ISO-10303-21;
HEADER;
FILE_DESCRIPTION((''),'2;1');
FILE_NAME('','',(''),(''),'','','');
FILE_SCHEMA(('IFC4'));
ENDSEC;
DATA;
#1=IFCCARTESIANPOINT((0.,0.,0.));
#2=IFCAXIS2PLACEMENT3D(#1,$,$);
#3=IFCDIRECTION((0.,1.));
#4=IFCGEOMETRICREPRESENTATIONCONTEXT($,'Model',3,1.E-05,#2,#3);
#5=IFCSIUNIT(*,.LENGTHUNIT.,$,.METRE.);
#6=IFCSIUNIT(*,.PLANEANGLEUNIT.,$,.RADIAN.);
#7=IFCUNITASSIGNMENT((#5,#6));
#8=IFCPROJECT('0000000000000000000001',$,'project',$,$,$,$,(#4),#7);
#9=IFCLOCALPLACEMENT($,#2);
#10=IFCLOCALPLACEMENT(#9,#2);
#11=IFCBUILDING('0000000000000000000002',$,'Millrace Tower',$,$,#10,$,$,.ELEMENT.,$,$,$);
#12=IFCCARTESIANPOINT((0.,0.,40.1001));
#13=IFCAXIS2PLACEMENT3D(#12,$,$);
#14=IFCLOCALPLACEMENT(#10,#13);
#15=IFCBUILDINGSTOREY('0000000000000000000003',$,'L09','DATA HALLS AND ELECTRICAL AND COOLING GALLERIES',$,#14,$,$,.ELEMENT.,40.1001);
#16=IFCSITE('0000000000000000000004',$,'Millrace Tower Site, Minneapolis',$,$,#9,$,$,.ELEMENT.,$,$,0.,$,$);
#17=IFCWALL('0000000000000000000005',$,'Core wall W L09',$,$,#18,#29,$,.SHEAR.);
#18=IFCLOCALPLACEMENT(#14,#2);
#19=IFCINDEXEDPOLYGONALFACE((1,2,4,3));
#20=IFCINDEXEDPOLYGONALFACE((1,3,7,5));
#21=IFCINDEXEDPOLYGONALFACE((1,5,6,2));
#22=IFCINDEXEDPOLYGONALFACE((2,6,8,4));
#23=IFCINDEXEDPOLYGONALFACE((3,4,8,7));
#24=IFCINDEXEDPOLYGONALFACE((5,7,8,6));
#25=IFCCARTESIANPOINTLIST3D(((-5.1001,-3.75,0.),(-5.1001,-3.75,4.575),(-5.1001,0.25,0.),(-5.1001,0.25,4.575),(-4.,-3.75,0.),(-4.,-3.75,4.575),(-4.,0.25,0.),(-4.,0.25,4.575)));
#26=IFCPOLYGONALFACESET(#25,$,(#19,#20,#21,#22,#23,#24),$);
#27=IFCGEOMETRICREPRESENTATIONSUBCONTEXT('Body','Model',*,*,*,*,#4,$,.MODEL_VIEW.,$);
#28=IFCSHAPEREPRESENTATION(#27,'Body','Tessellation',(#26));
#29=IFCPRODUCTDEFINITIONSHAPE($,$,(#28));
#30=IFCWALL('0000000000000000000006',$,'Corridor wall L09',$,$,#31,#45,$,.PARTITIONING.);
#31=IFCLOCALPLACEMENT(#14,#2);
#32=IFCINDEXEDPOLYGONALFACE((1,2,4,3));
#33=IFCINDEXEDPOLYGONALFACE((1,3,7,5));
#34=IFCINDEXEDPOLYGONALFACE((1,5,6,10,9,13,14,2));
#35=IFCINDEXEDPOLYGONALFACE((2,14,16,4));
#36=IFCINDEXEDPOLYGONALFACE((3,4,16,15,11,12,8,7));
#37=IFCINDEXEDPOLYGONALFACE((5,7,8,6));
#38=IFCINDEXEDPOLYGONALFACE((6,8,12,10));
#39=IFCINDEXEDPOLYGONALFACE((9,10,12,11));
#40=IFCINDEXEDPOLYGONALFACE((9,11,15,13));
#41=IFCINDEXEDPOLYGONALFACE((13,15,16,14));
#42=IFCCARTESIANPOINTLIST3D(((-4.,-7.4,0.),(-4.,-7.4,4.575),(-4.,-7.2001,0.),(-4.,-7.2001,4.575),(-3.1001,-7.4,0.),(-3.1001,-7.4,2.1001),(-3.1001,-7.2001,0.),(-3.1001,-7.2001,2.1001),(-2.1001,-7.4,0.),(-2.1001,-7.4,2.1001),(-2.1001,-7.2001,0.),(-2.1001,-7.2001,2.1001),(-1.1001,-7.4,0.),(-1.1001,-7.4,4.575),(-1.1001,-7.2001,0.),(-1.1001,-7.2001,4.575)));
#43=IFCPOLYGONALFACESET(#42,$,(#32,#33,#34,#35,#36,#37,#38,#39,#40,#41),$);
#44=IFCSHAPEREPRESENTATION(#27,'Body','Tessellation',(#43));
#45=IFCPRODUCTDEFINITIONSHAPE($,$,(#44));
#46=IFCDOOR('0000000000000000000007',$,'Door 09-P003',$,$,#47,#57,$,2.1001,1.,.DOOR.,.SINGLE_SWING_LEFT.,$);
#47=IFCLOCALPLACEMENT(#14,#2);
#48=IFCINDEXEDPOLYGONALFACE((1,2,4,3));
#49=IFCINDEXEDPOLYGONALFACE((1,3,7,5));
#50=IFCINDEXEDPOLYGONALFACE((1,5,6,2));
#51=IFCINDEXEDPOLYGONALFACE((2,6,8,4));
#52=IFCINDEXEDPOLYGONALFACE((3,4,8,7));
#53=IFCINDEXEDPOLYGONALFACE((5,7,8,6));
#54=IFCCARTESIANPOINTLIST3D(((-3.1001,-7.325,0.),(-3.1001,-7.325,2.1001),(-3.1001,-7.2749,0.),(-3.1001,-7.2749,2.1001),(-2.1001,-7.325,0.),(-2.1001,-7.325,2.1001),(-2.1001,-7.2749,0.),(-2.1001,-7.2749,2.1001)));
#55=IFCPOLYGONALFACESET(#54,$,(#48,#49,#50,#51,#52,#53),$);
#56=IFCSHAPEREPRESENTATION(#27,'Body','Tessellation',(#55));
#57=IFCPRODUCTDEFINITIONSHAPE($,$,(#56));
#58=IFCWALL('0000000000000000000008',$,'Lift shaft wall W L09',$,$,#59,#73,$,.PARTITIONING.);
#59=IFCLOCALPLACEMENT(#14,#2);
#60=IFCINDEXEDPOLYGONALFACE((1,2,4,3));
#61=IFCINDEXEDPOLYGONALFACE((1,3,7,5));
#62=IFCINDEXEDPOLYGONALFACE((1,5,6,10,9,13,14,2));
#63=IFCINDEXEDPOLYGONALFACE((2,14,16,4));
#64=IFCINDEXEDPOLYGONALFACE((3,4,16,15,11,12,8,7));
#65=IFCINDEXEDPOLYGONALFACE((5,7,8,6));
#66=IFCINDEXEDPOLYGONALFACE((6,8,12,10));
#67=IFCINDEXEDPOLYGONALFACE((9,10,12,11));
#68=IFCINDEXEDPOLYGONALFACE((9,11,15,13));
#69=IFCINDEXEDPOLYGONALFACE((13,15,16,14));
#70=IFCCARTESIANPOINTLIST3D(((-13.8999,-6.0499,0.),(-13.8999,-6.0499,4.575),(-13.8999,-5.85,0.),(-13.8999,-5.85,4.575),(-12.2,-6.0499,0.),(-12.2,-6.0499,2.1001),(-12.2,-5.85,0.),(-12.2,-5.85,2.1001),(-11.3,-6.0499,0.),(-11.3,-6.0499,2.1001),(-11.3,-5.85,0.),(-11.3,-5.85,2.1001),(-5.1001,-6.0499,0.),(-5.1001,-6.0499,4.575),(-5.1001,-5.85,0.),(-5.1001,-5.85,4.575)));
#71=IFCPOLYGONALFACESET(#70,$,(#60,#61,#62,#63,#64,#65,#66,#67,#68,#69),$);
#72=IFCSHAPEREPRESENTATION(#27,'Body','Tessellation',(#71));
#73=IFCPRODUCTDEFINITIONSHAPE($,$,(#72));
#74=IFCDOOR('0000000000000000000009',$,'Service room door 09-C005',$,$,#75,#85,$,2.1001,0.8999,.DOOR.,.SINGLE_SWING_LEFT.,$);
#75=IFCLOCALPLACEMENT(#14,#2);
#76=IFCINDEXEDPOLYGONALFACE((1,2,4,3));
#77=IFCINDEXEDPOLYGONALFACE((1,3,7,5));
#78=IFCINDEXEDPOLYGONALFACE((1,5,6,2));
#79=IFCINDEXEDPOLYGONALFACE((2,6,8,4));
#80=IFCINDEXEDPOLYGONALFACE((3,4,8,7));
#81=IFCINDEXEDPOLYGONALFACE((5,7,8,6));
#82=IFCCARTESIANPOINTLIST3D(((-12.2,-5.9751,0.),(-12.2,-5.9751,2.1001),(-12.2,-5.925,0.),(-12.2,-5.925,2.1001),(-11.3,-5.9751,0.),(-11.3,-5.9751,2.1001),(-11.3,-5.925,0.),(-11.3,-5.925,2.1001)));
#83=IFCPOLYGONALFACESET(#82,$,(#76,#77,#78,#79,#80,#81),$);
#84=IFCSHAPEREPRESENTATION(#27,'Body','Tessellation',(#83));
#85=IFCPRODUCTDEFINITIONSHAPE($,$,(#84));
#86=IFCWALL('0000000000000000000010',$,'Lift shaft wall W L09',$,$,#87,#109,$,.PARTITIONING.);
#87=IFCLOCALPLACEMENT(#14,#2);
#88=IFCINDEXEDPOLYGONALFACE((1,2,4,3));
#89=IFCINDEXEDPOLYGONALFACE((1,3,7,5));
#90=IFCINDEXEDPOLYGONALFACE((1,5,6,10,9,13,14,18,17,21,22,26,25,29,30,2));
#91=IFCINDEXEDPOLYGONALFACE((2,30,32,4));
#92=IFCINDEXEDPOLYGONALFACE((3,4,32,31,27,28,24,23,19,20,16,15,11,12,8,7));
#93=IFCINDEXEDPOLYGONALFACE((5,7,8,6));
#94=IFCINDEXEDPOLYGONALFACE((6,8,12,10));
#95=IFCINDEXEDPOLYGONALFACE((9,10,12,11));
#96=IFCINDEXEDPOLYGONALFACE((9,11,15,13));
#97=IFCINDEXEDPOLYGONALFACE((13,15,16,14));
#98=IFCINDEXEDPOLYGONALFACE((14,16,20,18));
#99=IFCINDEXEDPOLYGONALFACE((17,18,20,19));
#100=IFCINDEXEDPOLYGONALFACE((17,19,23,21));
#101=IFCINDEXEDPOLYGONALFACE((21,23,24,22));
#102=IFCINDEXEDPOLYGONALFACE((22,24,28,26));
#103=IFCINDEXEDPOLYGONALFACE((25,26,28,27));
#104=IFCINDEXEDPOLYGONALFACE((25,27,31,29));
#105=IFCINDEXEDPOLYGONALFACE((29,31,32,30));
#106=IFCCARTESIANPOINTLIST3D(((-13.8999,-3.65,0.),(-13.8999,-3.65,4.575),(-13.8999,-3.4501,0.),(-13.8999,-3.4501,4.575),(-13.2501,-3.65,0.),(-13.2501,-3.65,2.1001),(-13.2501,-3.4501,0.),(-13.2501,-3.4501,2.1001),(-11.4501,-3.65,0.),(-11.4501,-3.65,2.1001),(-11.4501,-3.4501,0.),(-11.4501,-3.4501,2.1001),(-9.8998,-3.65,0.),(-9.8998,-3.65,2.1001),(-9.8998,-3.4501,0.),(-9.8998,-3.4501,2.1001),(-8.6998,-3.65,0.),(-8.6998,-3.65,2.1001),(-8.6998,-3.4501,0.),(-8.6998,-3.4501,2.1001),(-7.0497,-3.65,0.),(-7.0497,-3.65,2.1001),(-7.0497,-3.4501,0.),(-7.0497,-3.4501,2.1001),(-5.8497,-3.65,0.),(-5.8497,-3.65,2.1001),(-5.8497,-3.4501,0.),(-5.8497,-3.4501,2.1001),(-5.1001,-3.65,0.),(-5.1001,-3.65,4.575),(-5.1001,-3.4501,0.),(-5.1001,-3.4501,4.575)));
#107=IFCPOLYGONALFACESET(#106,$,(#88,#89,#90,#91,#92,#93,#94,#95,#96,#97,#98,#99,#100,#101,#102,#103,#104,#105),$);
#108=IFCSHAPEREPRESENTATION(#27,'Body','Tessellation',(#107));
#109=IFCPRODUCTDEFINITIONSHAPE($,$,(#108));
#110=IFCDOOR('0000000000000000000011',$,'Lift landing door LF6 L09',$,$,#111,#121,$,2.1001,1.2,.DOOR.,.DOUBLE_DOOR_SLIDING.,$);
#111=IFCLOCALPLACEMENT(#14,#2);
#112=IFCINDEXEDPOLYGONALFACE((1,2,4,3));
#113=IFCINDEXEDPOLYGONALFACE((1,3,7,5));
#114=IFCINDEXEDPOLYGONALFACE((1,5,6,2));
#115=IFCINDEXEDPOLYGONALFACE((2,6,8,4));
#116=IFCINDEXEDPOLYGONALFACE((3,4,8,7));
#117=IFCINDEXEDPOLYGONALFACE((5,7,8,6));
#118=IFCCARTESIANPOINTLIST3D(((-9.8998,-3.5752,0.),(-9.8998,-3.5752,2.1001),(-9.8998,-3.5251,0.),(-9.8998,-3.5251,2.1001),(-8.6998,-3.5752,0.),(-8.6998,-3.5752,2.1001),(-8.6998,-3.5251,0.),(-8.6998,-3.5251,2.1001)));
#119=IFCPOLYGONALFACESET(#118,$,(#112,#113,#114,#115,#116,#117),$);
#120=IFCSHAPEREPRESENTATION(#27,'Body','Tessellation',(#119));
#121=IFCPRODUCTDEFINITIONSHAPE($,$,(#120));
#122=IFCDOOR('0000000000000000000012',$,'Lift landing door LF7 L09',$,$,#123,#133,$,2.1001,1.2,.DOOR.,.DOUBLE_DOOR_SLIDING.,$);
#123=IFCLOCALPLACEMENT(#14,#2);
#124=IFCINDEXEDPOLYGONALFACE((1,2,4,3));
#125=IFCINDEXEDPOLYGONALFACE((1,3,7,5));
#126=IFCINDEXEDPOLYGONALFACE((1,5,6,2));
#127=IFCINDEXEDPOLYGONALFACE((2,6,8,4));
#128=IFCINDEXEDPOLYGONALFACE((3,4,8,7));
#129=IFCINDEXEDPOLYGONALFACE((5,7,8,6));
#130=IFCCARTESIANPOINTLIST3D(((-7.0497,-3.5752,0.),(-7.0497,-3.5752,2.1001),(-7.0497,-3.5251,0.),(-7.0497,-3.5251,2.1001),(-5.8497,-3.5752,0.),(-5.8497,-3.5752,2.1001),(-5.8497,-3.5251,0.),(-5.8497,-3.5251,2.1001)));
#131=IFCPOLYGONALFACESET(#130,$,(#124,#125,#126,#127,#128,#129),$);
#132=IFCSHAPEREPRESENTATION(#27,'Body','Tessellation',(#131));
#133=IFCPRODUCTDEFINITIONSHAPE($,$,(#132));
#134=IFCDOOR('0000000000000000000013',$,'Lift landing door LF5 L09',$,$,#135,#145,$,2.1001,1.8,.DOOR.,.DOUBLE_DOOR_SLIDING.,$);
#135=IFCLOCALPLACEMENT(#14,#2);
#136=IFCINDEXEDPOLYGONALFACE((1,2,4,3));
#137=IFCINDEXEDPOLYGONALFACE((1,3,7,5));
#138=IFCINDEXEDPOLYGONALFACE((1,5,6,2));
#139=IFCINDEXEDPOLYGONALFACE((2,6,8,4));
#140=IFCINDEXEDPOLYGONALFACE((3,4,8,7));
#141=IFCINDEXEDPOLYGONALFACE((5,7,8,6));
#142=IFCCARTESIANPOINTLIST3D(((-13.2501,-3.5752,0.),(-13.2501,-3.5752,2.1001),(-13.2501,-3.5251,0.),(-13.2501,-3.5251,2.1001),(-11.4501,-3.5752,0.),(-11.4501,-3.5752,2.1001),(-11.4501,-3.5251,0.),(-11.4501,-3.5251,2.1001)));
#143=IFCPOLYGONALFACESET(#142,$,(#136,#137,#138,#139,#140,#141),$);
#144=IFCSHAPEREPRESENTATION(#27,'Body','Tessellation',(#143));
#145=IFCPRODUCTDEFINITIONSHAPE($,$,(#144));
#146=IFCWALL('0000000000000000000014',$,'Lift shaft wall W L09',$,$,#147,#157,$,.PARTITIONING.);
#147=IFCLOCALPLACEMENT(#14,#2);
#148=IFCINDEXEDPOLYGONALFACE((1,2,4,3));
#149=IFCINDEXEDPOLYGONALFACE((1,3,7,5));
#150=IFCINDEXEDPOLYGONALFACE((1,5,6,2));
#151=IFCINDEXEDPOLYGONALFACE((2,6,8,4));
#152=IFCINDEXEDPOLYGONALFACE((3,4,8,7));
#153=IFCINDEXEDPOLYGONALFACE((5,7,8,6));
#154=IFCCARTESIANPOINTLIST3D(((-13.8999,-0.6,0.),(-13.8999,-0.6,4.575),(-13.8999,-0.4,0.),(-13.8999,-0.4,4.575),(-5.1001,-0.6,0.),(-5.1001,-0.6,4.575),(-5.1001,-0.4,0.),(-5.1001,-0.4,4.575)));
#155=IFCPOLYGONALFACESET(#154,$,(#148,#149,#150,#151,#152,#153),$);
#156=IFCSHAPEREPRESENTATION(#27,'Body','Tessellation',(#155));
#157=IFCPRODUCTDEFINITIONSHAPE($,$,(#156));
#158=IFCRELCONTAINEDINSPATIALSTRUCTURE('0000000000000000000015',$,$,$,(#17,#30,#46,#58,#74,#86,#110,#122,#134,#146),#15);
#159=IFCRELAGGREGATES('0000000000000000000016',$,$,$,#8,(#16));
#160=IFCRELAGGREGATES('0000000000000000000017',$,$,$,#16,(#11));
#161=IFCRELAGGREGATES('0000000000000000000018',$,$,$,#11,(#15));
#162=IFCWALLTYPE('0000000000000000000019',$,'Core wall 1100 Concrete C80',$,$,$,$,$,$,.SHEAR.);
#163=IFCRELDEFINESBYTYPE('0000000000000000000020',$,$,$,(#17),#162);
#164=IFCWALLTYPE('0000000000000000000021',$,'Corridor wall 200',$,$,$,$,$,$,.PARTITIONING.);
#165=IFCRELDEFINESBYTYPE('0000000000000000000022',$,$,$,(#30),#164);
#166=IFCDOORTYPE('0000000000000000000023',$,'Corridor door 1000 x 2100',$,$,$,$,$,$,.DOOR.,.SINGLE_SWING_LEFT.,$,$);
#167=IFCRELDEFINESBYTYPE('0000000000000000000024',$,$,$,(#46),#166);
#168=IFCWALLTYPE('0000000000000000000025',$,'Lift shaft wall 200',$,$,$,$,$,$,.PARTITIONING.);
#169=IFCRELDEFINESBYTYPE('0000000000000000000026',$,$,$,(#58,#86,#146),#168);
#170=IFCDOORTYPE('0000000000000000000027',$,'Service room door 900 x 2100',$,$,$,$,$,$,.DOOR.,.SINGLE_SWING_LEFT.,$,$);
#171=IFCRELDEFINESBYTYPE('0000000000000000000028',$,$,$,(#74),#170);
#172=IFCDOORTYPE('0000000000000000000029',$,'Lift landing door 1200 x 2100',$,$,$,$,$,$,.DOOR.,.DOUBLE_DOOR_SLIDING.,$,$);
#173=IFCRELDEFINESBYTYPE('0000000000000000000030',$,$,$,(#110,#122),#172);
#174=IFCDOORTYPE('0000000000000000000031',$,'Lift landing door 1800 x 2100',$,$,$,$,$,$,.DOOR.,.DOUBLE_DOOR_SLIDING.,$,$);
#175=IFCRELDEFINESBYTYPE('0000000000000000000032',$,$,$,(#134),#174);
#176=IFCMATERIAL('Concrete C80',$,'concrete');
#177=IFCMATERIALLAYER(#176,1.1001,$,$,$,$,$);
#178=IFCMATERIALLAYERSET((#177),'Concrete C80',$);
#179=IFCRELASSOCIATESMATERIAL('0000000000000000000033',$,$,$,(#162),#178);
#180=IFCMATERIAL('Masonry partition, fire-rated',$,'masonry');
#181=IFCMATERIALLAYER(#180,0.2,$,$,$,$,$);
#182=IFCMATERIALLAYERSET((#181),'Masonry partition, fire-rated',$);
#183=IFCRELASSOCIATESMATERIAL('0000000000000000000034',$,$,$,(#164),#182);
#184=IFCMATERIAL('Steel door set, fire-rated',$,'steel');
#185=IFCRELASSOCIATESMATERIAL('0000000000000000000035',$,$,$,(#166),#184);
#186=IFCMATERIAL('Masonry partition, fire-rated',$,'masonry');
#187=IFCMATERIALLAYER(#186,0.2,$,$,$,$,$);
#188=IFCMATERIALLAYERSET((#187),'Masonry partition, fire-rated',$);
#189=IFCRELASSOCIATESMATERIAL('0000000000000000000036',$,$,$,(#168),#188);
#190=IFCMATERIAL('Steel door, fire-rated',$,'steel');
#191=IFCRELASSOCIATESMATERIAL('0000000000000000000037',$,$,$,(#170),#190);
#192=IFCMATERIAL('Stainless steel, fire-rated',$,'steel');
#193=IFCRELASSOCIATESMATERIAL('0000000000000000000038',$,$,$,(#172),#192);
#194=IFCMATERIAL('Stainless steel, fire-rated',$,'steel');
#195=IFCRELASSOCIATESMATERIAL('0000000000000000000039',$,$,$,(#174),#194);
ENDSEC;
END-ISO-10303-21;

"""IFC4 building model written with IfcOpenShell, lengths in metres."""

from ifc_helpers import new_model, si_unit, direction, frame, frame_2d, origin, place, context, subcontext, project, spatial, rectangle, extrude, material, layer, layer_set, type_object, element, fill, save


model = new_model("IFC4")

# Units and contexts
model_context = context("Model", 3, precision=1e-05, world=origin(), true_north=direction((0.0, 1.0)))
body_context = subcontext(model_context, "Body", "Model", "MODEL_VIEW")
ifc_project = project(units=[si_unit("LENGTHUNIT", "METRE"), si_unit("PLANEANGLEUNIT", "RADIAN")], contexts=[model_context])

# Site, building, storey
site_placement = place(None, origin())
site = spatial("IfcSite", under=ifc_project, at=site_placement, Name="Millrace Tower Site, Minneapolis", CompositionType="ELEMENT", RefElevation=0.0)
building_placement = place(site_placement, origin())
building = spatial("IfcBuilding", under=site, at=building_placement, Name="Millrace Tower", CompositionType="ELEMENT")
storey_placement = place(building_placement, frame((0.0, 0.0, 40.1001)))
storey = spatial("IfcBuildingStorey", under=building, at=storey_placement, Name="L09", Description="DATA HALLS AND ELECTRICAL AND COOLING GALLERIES", CompositionType="ELEMENT", Elevation=40.1001)

# Wall
ifc_material_1 = material(Name="Concrete C80", Category="concrete")
ifc_layer_1 = layer(ifc_material_1, 1.1001)
ifc_layer_set_1 = layer_set([ifc_layer_1], Name="Concrete C80")
wall_type_1 = type_object("IfcWallType", Name="Core wall 1100 Concrete C80", PredefinedType="SHEAR", material=ifc_layer_set_1)
wall_1_placement = place(storey_placement, frame((-4.55, -3.75, 0.0), z_axis=(0.0, 0.0, 1.0), x_axis=(0.0, 1.0, 0.0)))
element("IfcWall", 1, at=wall_1_placement, inside=storey, type_object=wall_type_1, Name="Core wall W L09", PredefinedType="SHEAR", context=body_context, shape_type="SweptSolid", body=[
    extrude(rectangle(XDim=4.0, YDim=1.1001, at=frame_2d((2.0, 0.0))), origin(), (0.0, 0.0, 1.0), 4.575),
])

# Walls, openings, doors
ifc_material_2 = material(Name="Masonry partition, fire-rated", Category="masonry")
ifc_layer_2 = layer(ifc_material_2, 0.2)
ifc_layer_set_2 = layer_set([ifc_layer_2], Name="Masonry partition, fire-rated")
wall_type_2 = type_object("IfcWallType", Name="Corridor wall 200", PredefinedType="PARTITIONING", material=ifc_layer_set_2)
wall_2_placement = place(storey_placement, frame((-4.0, -7.3, 0.0), z_axis=(0.0, 0.0, 1.0), x_axis=(1.0, 0.0, 0.0)))
wall_2 = element("IfcWall", 2, at=wall_2_placement, inside=storey, type_object=wall_type_2, Name="Corridor wall L09", PredefinedType="PARTITIONING", context=body_context, shape_type="SweptSolid", body=[
    extrude(rectangle(XDim=2.8999, YDim=0.2, at=frame_2d((1.45, 0.0))), origin(), (0.0, 0.0, 1.0), 4.575),
])
opening_1_placement = place(wall_2_placement, frame((0.8999, 0.0, 0.0)))
opening_1 = element("IfcOpeningElement", 3, at=opening_1_placement, cuts=wall_2, PredefinedType="OPENING", context=body_context, shape_type="SweptSolid", body=[
    extrude(rectangle(XDim=1.0, YDim=2.1001, at=frame_2d((0.5, 1.05))), frame((0.0, 0.1099, 0.0), z_axis=(0.0, -1.0, 0.0), x_axis=(1.0, 0.0, 0.0)), (0.0, 0.0, 1.0), 0.22),
])
ifc_material_3 = material(Name="Steel door set, fire-rated", Category="steel")
door_type_1 = type_object("IfcDoorType", Name="Corridor door 1000 x 2100", OperationType="SINGLE_SWING_LEFT", PredefinedType="DOOR", material=ifc_material_3)
door_1_placement = place(opening_1_placement, frame((1.0, 0.0, 0.0), z_axis=(0.0, 0.0, 1.0), x_axis=(-1.0, 0.0, 0.0)))
door_1 = element("IfcDoor", 4, at=door_1_placement, inside=storey, type_object=door_type_1, Name="Door 09-P003", OperationType="SINGLE_SWING_LEFT", OverallHeight=2.1001, OverallWidth=1.0, PredefinedType="DOOR", context=body_context, shape_type="SweptSolid", body=[
    extrude(rectangle(XDim=1.0, YDim=2.1001, at=frame_2d((0.5, 1.05))), frame((0.0, 0.0249, 0.0), z_axis=(0.0, -1.0, 0.0), x_axis=(1.0, 0.0, 0.0)), (0.0, 0.0, 1.0), 0.05),
])
fill(opening_1, door_1)
ifc_material_4 = material(Name="Masonry partition, fire-rated", Category="masonry")
ifc_layer_3 = layer(ifc_material_4, 0.2)
ifc_layer_set_3 = layer_set([ifc_layer_3], Name="Masonry partition, fire-rated")
wall_type_3 = type_object("IfcWallType", Name="Lift shaft wall 200", PredefinedType="PARTITIONING", material=ifc_layer_set_3)
wall_3_placement = place(storey_placement, frame((-13.8999, -5.95, 0.0), z_axis=(0.0, 0.0, 1.0), x_axis=(1.0, 0.0, 0.0)))
wall_3 = element("IfcWall", 5, at=wall_3_placement, inside=storey, type_object=wall_type_3, Name="Lift shaft wall W L09", PredefinedType="PARTITIONING", context=body_context, shape_type="SweptSolid", body=[
    extrude(rectangle(XDim=8.7998, YDim=0.2, at=frame_2d((4.3999, 0.0))), origin(), (0.0, 0.0, 1.0), 4.575),
])
opening_2_placement = place(wall_3_placement, frame((1.7, 0.0, 0.0)))
opening_2 = element("IfcOpeningElement", 6, at=opening_2_placement, cuts=wall_3, PredefinedType="OPENING", context=body_context, shape_type="SweptSolid", body=[
    extrude(rectangle(XDim=0.8999, YDim=2.1001, at=frame_2d((0.45, 1.05))), frame((0.0, 0.1099, 0.0), z_axis=(0.0, -1.0, 0.0), x_axis=(1.0, 0.0, 0.0)), (0.0, 0.0, 1.0), 0.22),
])
ifc_material_5 = material(Name="Steel door, fire-rated", Category="steel")
door_type_2 = type_object("IfcDoorType", Name="Service room door 900 x 2100", OperationType="SINGLE_SWING_LEFT", PredefinedType="DOOR", material=ifc_material_5)
door_2_placement = place(opening_2_placement, origin())
door_2 = element("IfcDoor", 7, at=door_2_placement, inside=storey, type_object=door_type_2, Name="Service room door 09-C005", OperationType="SINGLE_SWING_LEFT", OverallHeight=2.1001, OverallWidth=0.8999, PredefinedType="DOOR", context=body_context, shape_type="SweptSolid", body=[
    extrude(rectangle(XDim=0.8999, YDim=2.1001, at=frame_2d((0.45, 1.05))), frame((0.0, 0.0249, 0.0), z_axis=(0.0, -1.0, 0.0), x_axis=(1.0, 0.0, 0.0)), (0.0, 0.0, 1.0), 0.05),
])
fill(opening_2, door_2)

# Wall, openings, doors
wall_4_placement = place(storey_placement, frame((-13.8999, -3.55, 0.0), z_axis=(0.0, 0.0, 1.0), x_axis=(1.0, 0.0, 0.0)))
wall_4 = element("IfcWall", 8, at=wall_4_placement, inside=storey, type_object=wall_type_3, Name="Lift shaft wall W L09", PredefinedType="PARTITIONING", context=body_context, shape_type="SweptSolid", body=[
    extrude(rectangle(XDim=8.7998, YDim=0.2, at=frame_2d((4.3999, 0.0))), origin(), (0.0, 0.0, 1.0), 4.575),
])
opening_3_placement = place(wall_4_placement, frame((0.6499, 0.0, 0.0)))
opening_3 = element("IfcOpeningElement", 9, at=opening_3_placement, cuts=wall_4, PredefinedType="OPENING", context=body_context, shape_type="SweptSolid", body=[
    extrude(rectangle(XDim=1.8, YDim=2.1001, at=frame_2d((0.8999, 1.05))), frame((0.0, 0.1099, 0.0), z_axis=(0.0, -1.0, 0.0), x_axis=(1.0, 0.0, 0.0)), (0.0, 0.0, 1.0), 0.22),
])
opening_4_placement = place(wall_4_placement, frame((4.0, 0.0, 0.0)))
opening_4 = element("IfcOpeningElement", 10, at=opening_4_placement, cuts=wall_4, PredefinedType="OPENING", context=body_context, shape_type="SweptSolid", body=[
    extrude(rectangle(XDim=1.2, YDim=2.1001, at=frame_2d((0.6001, 1.05))), frame((0.0, 0.1099, 0.0), z_axis=(0.0, -1.0, 0.0), x_axis=(1.0, 0.0, 0.0)), (0.0, 0.0, 1.0), 0.22),
])
opening_5_placement = place(wall_4_placement, frame((6.8501, 0.0, 0.0)))
opening_5 = element("IfcOpeningElement", 11, at=opening_5_placement, cuts=wall_4, PredefinedType="OPENING", context=body_context, shape_type="SweptSolid", body=[
    extrude(rectangle(XDim=1.2, YDim=2.1001, at=frame_2d((0.6001, 1.05))), frame((0.0, 0.1099, 0.0), z_axis=(0.0, -1.0, 0.0), x_axis=(1.0, 0.0, 0.0)), (0.0, 0.0, 1.0), 0.22),
])
ifc_material_6 = material(Name="Stainless steel, fire-rated", Category="steel")
door_type_3 = type_object("IfcDoorType", Name="Lift landing door 1200 x 2100", OperationType="DOUBLE_DOOR_SLIDING", PredefinedType="DOOR", material=ifc_material_6)
door_3_placement = place(opening_4_placement, origin())
door_3 = element("IfcDoor", 12, at=door_3_placement, inside=storey, type_object=door_type_3, Name="Lift landing door LF6 L09", OperationType="DOUBLE_DOOR_SLIDING", OverallHeight=2.1001, OverallWidth=1.2, PredefinedType="DOOR", context=body_context, shape_type="SweptSolid", body=[
    extrude(rectangle(XDim=1.2, YDim=2.1001, at=frame_2d((0.6001, 1.05))), frame((0.0, 0.0249, 0.0), z_axis=(0.0, -1.0, 0.0), x_axis=(1.0, 0.0, 0.0)), (0.0, 0.0, 1.0), 0.05),
])
fill(opening_4, door_3)
door_4_placement = place(opening_5_placement, origin())
door_4 = element("IfcDoor", 13, at=door_4_placement, inside=storey, type_object=door_type_3, Name="Lift landing door LF7 L09", OperationType="DOUBLE_DOOR_SLIDING", OverallHeight=2.1001, OverallWidth=1.2, PredefinedType="DOOR", context=body_context, shape_type="SweptSolid", body=[
    extrude(rectangle(XDim=1.2, YDim=2.1001, at=frame_2d((0.6001, 1.05))), frame((0.0, 0.0249, 0.0), z_axis=(0.0, -1.0, 0.0), x_axis=(1.0, 0.0, 0.0)), (0.0, 0.0, 1.0), 0.05),
])
fill(opening_5, door_4)
ifc_material_7 = material(Name="Stainless steel, fire-rated", Category="steel")
door_type_4 = type_object("IfcDoorType", Name="Lift landing door 1800 x 2100", OperationType="DOUBLE_DOOR_SLIDING", PredefinedType="DOOR", material=ifc_material_7)
door_5_placement = place(opening_3_placement, origin())
door_5 = element("IfcDoor", 14, at=door_5_placement, inside=storey, type_object=door_type_4, Name="Lift landing door LF5 L09", OperationType="DOUBLE_DOOR_SLIDING", OverallHeight=2.1001, OverallWidth=1.8, PredefinedType="DOOR", context=body_context, shape_type="SweptSolid", body=[
    extrude(rectangle(XDim=1.8, YDim=2.1001, at=frame_2d((0.8999, 1.05))), frame((0.0, 0.0249, 0.0), z_axis=(0.0, -1.0, 0.0), x_axis=(1.0, 0.0, 0.0)), (0.0, 0.0, 1.0), 0.05),
])
fill(opening_3, door_5)

# Wall
wall_5_placement = place(storey_placement, frame((-13.8999, -0.5, 0.0), z_axis=(0.0, 0.0, 1.0), x_axis=(1.0, 0.0, 0.0)))
element("IfcWall", 15, at=wall_5_placement, inside=storey, type_object=wall_type_3, Name="Lift shaft wall W L09", PredefinedType="PARTITIONING", context=body_context, shape_type="SweptSolid", body=[
    extrude(rectangle(XDim=8.7998, YDim=0.2, at=frame_2d((4.3999, 0.0))), origin(), (0.0, 0.0, 1.0), 4.575),
])

save(model, "model.ifc")
